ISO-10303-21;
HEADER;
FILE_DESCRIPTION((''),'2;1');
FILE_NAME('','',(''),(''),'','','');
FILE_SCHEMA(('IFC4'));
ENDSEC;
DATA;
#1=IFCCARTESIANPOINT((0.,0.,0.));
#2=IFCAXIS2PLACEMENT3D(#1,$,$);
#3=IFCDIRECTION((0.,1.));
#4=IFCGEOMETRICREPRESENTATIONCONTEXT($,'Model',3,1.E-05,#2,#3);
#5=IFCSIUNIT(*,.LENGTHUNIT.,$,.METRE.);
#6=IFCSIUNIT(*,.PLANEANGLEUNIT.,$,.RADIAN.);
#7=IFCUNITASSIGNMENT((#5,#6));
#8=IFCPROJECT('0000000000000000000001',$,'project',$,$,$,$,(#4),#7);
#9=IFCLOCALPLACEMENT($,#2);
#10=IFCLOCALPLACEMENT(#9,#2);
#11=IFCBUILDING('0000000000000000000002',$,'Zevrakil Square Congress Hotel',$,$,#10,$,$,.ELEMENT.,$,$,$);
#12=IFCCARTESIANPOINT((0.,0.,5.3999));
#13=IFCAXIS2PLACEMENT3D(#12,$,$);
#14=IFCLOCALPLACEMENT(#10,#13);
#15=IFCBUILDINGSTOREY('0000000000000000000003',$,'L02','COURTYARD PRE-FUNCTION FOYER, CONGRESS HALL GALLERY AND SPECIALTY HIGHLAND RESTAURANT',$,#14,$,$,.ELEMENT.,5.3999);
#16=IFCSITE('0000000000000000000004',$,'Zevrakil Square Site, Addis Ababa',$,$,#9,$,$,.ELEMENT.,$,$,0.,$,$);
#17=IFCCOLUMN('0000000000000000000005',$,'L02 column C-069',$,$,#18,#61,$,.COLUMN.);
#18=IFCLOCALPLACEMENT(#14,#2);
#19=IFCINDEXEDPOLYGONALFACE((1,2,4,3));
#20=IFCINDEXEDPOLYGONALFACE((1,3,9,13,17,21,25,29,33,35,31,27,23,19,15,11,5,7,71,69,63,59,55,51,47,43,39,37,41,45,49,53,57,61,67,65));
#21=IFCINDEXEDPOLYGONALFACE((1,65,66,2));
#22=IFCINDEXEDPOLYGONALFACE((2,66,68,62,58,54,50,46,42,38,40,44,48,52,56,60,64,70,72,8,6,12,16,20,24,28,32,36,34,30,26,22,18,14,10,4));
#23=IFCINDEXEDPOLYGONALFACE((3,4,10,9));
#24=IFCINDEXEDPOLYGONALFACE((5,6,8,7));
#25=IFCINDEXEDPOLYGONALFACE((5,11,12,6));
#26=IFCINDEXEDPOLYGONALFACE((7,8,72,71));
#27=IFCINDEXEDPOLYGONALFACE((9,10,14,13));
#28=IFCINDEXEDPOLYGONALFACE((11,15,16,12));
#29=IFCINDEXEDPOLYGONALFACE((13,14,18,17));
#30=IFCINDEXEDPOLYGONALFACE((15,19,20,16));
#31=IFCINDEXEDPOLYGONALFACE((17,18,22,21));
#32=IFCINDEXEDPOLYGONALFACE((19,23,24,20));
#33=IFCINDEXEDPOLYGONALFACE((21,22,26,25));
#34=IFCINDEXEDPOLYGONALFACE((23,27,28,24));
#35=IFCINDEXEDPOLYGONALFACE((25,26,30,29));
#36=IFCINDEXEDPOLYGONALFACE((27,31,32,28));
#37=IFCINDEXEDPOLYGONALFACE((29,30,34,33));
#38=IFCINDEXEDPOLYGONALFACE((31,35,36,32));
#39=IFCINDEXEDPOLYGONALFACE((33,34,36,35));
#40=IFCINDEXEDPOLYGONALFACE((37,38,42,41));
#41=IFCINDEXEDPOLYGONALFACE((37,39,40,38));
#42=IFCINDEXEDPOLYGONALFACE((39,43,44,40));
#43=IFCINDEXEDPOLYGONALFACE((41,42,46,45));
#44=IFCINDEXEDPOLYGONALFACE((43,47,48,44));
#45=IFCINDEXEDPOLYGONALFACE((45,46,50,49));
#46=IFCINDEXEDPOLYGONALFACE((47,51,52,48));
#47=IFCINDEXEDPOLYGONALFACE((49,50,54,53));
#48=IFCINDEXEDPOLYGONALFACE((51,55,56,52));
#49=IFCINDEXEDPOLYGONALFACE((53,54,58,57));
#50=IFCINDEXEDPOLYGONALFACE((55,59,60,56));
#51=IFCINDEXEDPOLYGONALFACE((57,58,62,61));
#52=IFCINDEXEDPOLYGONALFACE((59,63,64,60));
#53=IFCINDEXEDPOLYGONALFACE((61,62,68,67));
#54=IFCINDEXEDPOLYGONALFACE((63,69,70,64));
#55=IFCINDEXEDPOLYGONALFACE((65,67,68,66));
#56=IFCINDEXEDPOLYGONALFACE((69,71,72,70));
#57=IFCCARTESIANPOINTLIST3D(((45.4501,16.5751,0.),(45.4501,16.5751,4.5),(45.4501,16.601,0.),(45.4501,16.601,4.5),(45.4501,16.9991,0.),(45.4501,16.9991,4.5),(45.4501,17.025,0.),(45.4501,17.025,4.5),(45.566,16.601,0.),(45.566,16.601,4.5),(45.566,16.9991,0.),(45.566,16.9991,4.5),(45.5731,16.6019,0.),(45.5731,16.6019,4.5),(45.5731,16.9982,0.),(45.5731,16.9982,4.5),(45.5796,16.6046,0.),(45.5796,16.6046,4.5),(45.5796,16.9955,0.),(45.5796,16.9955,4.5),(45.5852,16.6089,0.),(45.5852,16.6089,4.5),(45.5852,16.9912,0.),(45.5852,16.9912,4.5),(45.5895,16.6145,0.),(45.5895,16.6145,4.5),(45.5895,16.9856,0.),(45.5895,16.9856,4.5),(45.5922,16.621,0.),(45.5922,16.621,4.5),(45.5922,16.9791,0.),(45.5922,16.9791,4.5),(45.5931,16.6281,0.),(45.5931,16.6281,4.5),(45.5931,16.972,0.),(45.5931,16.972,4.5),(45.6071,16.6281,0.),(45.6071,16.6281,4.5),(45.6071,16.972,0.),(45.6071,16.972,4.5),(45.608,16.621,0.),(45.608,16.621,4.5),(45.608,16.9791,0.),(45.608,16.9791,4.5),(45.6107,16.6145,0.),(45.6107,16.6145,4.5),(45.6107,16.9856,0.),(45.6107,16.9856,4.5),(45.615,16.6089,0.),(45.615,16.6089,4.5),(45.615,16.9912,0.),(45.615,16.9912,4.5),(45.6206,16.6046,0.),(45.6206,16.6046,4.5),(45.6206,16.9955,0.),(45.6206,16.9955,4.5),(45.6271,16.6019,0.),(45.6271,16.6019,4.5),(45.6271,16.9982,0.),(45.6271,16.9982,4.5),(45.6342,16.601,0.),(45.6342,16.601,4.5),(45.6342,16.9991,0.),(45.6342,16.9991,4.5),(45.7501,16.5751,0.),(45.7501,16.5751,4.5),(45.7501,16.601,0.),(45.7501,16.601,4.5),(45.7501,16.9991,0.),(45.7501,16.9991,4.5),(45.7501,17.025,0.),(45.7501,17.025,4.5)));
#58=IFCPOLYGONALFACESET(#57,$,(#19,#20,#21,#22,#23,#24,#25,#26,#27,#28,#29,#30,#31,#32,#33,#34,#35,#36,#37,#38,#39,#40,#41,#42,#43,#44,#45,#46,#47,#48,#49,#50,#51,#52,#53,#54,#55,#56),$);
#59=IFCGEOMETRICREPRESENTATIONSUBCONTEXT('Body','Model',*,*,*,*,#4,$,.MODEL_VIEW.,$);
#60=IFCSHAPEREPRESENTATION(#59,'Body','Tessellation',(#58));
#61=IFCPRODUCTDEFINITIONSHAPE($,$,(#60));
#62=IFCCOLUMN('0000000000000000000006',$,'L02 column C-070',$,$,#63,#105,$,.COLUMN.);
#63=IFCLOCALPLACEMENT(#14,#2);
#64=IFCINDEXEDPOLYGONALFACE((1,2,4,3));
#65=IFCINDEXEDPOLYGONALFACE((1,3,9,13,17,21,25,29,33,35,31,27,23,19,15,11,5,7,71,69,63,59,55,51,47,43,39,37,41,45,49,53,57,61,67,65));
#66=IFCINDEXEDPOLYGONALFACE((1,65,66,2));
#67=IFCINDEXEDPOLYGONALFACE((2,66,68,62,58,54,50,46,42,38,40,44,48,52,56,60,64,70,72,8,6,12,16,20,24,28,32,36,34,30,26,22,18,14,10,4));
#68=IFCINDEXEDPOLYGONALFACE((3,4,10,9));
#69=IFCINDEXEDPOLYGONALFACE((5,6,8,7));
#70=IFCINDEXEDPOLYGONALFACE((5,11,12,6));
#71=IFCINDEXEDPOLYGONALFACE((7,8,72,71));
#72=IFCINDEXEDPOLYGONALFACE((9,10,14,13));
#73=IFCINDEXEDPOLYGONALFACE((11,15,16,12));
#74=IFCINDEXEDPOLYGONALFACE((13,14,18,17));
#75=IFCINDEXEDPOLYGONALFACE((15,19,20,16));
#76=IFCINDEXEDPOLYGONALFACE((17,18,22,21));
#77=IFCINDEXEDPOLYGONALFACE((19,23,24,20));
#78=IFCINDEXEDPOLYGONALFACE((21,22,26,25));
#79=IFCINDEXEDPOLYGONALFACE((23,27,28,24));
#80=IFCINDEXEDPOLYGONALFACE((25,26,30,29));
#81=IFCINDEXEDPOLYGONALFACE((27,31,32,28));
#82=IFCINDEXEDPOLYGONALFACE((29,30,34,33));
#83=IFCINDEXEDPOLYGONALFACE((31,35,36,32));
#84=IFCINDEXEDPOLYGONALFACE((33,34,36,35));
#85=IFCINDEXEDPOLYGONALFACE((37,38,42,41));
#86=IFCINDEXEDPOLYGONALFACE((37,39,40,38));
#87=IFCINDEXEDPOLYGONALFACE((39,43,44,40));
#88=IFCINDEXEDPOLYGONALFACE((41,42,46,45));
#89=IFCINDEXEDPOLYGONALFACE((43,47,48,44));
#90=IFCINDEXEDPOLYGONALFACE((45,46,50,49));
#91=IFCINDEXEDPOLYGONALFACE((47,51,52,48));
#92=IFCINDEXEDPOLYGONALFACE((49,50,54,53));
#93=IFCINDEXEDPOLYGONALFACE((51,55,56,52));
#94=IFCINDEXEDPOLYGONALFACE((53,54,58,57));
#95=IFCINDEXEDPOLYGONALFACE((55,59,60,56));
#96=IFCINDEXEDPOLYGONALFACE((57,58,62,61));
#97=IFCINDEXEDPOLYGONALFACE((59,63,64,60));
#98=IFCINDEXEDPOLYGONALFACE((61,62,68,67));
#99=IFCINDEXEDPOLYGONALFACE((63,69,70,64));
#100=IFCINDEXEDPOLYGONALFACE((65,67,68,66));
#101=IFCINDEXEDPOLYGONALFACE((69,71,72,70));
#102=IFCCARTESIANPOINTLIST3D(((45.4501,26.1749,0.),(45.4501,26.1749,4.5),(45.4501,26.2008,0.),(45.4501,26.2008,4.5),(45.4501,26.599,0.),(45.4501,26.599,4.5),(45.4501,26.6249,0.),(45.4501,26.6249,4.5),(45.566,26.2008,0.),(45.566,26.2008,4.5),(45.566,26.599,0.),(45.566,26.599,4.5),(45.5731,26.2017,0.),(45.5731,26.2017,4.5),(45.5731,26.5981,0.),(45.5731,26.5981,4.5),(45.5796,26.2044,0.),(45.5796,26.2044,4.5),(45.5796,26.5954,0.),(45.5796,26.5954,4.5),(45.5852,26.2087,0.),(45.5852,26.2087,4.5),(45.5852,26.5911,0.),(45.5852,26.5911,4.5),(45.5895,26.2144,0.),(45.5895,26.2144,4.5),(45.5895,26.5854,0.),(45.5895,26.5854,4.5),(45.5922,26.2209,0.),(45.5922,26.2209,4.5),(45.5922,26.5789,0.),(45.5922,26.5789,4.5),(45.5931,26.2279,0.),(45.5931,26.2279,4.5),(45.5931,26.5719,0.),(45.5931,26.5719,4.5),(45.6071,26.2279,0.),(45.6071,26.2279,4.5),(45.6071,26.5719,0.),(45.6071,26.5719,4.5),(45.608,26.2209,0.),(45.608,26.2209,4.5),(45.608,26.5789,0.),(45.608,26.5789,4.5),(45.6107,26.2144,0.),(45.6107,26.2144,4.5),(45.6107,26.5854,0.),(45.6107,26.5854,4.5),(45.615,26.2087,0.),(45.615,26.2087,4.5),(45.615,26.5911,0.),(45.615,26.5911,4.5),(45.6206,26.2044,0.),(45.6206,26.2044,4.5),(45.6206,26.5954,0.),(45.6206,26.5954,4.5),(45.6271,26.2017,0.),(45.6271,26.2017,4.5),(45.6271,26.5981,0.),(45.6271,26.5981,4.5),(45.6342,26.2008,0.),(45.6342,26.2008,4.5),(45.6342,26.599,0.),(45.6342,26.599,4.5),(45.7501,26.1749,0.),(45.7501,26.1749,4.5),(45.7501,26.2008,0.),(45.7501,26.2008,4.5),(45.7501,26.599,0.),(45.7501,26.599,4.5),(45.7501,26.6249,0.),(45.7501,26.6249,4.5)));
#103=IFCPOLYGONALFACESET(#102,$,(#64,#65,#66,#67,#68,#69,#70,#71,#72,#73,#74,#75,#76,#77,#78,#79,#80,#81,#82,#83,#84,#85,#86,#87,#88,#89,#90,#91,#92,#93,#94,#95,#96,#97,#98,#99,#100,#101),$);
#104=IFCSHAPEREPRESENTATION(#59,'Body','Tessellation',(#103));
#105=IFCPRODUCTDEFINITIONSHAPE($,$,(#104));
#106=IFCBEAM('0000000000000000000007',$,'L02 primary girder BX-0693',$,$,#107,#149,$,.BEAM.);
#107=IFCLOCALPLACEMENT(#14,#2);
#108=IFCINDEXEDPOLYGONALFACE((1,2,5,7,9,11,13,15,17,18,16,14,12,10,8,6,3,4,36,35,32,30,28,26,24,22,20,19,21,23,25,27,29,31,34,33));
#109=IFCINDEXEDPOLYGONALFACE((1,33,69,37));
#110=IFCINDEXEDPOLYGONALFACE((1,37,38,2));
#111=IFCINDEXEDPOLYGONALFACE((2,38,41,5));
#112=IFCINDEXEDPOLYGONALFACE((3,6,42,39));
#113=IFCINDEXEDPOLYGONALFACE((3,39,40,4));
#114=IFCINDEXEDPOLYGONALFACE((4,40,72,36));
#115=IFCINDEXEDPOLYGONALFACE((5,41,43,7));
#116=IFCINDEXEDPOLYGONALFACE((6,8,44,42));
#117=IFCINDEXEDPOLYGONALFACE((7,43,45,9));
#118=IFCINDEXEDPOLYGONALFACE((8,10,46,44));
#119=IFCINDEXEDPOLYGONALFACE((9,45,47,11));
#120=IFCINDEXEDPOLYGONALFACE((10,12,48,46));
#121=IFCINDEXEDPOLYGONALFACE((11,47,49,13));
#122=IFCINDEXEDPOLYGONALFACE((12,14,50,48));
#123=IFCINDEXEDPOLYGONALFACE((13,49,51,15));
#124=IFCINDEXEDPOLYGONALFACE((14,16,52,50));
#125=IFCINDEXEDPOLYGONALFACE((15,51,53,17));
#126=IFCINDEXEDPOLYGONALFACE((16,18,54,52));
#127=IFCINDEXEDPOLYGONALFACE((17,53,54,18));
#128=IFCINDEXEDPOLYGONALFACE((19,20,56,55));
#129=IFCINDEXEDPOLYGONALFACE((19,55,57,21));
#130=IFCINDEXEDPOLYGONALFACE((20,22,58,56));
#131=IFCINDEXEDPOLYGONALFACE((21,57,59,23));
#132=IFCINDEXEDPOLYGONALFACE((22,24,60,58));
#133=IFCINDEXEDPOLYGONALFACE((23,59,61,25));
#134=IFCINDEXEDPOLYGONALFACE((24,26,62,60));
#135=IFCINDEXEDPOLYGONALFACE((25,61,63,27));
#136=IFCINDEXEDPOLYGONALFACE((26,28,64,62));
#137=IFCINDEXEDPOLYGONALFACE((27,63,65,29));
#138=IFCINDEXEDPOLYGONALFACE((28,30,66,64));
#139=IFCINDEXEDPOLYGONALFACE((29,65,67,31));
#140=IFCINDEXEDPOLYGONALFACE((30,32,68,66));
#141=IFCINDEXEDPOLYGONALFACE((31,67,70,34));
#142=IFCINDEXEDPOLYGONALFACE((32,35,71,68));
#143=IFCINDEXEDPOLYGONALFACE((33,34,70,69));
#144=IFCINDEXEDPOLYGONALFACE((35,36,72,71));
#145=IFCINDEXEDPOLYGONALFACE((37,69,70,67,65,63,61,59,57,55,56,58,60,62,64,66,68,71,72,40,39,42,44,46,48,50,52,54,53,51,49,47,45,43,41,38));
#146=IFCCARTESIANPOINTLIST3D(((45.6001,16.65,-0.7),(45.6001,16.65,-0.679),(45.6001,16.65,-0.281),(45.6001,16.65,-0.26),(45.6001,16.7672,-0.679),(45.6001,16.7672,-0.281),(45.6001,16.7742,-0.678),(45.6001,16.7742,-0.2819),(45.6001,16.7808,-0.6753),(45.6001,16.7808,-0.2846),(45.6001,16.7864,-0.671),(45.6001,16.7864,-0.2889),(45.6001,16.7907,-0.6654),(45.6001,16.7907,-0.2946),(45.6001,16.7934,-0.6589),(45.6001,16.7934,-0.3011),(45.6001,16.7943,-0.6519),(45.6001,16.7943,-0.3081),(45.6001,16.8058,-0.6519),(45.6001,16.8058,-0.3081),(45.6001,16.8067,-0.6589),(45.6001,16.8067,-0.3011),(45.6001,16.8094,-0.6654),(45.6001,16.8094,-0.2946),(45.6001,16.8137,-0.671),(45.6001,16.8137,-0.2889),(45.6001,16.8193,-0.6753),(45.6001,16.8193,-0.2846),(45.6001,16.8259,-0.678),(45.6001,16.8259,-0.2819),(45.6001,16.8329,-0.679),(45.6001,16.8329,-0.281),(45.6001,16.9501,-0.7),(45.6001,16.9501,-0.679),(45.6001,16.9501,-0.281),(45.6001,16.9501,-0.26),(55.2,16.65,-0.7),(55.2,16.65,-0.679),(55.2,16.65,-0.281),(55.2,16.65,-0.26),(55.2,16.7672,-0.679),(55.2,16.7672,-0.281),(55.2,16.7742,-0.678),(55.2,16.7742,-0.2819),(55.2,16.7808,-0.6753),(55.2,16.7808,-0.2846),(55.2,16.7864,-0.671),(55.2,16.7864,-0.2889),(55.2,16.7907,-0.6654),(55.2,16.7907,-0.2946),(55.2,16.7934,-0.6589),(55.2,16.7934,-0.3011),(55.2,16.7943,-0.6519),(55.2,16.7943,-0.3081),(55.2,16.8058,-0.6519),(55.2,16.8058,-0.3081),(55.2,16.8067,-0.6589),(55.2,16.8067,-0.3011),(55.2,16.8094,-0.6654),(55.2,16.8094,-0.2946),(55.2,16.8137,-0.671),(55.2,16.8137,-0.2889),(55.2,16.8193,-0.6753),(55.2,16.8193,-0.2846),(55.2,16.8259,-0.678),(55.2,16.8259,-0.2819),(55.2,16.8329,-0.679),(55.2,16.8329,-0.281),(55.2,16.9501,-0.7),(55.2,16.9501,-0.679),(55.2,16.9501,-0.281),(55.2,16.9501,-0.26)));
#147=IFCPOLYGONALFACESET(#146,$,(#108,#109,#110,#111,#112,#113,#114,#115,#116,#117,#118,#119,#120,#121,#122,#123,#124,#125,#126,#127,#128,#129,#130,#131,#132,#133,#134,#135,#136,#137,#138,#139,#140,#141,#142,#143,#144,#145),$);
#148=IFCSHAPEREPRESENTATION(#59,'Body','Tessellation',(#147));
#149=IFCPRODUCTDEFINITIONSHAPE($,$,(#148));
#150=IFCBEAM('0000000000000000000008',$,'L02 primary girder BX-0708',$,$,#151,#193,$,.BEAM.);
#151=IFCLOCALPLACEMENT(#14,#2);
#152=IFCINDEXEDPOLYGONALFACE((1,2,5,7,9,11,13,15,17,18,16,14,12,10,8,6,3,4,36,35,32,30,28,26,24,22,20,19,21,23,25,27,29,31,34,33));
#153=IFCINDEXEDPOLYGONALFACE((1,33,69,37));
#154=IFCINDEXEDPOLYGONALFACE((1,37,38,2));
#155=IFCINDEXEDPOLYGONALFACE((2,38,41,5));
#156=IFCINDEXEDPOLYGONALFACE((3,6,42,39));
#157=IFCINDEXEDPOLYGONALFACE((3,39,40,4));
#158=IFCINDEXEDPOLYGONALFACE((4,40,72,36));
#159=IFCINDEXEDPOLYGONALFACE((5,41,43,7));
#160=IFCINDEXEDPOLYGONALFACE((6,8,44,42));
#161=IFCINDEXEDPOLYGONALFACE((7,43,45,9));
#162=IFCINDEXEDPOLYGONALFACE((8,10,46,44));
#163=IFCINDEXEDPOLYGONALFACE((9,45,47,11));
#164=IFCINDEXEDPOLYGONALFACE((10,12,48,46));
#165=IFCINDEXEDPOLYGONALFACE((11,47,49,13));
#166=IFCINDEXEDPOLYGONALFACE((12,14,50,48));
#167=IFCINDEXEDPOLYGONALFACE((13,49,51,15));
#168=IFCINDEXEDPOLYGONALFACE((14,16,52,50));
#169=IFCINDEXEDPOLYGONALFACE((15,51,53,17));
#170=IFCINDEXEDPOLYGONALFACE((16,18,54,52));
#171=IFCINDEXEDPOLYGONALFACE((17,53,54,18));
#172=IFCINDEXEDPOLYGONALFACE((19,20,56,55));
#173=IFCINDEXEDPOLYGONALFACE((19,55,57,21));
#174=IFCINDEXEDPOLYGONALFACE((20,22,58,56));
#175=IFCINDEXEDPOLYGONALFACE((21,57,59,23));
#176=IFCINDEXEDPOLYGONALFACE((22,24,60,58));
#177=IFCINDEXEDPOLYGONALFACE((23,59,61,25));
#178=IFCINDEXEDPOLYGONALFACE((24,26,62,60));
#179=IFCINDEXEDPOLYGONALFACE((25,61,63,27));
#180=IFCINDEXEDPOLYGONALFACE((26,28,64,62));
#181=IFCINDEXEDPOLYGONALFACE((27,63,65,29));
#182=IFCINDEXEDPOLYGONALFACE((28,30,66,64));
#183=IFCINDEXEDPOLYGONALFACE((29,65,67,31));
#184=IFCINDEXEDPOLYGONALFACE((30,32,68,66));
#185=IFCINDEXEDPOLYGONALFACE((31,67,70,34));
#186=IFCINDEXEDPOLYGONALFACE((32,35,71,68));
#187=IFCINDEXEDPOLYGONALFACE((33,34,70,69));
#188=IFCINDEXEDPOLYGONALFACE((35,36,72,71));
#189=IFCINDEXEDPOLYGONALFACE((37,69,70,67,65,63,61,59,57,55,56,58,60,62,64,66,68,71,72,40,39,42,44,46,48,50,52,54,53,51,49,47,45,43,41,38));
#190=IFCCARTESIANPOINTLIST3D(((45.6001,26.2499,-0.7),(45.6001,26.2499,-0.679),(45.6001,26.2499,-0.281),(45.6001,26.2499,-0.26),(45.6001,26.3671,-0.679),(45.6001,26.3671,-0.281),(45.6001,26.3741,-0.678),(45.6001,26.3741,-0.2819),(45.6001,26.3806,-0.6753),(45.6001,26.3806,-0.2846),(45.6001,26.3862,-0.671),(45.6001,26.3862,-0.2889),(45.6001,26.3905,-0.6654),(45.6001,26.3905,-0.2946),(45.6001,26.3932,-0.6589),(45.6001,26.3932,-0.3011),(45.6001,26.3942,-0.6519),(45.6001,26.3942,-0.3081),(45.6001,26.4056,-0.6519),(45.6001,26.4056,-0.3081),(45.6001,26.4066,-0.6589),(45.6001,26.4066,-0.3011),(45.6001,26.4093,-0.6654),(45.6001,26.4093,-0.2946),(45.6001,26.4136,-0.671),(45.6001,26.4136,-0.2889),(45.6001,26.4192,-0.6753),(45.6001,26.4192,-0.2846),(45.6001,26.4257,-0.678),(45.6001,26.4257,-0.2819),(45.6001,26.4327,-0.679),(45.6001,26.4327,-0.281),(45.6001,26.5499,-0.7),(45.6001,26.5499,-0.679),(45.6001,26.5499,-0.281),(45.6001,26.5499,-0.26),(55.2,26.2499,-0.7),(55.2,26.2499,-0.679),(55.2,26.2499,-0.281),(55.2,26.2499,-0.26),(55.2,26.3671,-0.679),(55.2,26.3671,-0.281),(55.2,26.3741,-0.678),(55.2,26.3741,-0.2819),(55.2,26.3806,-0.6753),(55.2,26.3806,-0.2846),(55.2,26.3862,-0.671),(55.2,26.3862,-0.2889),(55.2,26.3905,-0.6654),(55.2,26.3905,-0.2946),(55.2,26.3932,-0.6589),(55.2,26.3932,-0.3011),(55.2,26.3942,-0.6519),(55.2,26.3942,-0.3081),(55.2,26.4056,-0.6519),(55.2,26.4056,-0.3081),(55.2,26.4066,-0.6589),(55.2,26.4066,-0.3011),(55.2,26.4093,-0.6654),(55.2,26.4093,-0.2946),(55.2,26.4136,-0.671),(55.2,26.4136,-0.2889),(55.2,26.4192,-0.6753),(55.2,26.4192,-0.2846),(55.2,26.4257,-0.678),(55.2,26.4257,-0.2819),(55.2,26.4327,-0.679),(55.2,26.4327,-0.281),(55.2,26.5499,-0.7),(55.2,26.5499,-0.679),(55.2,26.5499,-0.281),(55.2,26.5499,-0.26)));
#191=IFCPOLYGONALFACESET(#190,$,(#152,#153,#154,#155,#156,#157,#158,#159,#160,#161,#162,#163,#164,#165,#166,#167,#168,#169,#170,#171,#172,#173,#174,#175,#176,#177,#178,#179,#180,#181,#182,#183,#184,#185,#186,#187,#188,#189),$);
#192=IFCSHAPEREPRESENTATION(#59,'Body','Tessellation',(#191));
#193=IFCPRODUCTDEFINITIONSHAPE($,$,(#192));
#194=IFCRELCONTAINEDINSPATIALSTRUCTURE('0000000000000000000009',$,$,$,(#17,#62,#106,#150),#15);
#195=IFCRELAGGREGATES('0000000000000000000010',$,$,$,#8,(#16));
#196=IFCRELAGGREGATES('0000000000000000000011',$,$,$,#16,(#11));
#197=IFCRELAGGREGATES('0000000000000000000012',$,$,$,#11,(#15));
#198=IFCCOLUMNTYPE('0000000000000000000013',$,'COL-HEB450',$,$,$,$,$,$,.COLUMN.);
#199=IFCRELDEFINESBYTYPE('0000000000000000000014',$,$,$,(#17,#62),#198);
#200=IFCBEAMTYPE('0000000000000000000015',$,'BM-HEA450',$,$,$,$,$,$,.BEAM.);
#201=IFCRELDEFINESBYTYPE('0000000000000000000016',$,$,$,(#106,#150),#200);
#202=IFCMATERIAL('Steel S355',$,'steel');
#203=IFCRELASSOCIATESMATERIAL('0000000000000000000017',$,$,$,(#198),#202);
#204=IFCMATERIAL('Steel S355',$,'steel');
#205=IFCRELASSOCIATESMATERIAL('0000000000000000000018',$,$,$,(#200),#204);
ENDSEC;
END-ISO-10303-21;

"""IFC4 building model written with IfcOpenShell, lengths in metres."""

from ifc_helpers import new_model, si_unit, direction, frame, origin, origin_2d, place, context, subcontext, project, spatial, i_section, extrude, material, material_profile, profile_set, type_object, element, save


model = new_model("IFC4")

# Units and contexts
model_context = context("Model", 3, precision=1e-05, world=origin(), true_north=direction((0.0, 1.0)))
body_context = subcontext(model_context, "Body", "Model", "MODEL_VIEW")
ifc_project = project(units=[si_unit("LENGTHUNIT", "METRE"), si_unit("PLANEANGLEUNIT", "RADIAN")], contexts=[model_context])

# Site, building, storey
site_placement = place(None, origin())
site = spatial("IfcSite", under=ifc_project, at=site_placement, Name="Zevrakil Square Site, Addis Ababa", CompositionType="ELEMENT", RefElevation=0.0)
building_placement = place(site_placement, origin())
building = spatial("IfcBuilding", under=site, at=building_placement, Name="Zevrakil Square Congress Hotel", CompositionType="ELEMENT")
storey_placement = place(building_placement, frame((0.0, 0.0, 5.3999)))
storey = spatial("IfcBuildingStorey", under=building, at=storey_placement, Name="L02", Description="COURTYARD PRE-FUNCTION FOYER, CONGRESS HALL GALLERY AND SPECIALTY HIGHLAND RESTAURANT", CompositionType="ELEMENT", Elevation=5.3999)

# Columns
ifc_material_1 = material(Name="Steel S355", Category="steel")
ifc_material_profile_1 = material_profile(ifc_material_1, i_section(OverallWidth=0.3, OverallDepth=0.45, WebThickness=0.0139, FlangeThickness=0.0259, FilletRadius=0.0271, at=origin_2d()), Name="HEB 450")
ifc_profile_set_1 = profile_set([ifc_material_profile_1], Name="Steel S355")
column_type = type_object("IfcColumnType", Name="COL-HEB450", PredefinedType="COLUMN", material=ifc_profile_set_1)
for number, where, z_axis, x_axis, name in (
    (1, (45.6001, 16.8, 0.0), (0.0, 0.0, 1.0), (1.0, 0.0, 0.0), "L02 column C-069"),
    (2, (45.6001, 26.3999, 0.0), (0.0, 0.0, 1.0), (1.0, 0.0, 0.0), "L02 column C-070"),
):
    element("IfcColumn", number, at=place(storey_placement, frame(where, z_axis=z_axis, x_axis=x_axis)), inside=storey, type_object=column_type, Name=name, PredefinedType="COLUMN", context=body_context, shape_type="SweptSolid", body=[
        extrude(i_section(OverallWidth=0.3, OverallDepth=0.45, WebThickness=0.0139, FlangeThickness=0.0259, FilletRadius=0.0271, at=origin_2d()), origin(), (0.0, 0.0, 1.0), 4.5),
    ])

# Beams
ifc_material_2 = material(Name="Steel S355", Category="steel")
ifc_material_profile_2 = material_profile(ifc_material_2, i_section(OverallWidth=0.3, OverallDepth=0.4399, WebThickness=0.0115, FlangeThickness=0.021, FilletRadius=0.0271, at=origin_2d()), Name="HEA 450")
ifc_profile_set_2 = profile_set([ifc_material_profile_2], Name="Steel S355")
beam_type_1 = type_object("IfcBeamType", Name="BM-HEA450", PredefinedType="BEAM", material=ifc_profile_set_2)
for number, where, z_axis, x_axis, name in (
    (3, (45.6001, 16.8, -0.48), (1.0, 0.0, 0.0), (0.0, 1.0, 0.0), "L02 primary girder BX-0693"),
    (4, (45.6001, 26.3999, -0.48), (1.0, 0.0, 0.0), (0.0, 1.0, 0.0), "L02 primary girder BX-0708"),
):
    element("IfcBeam", number, at=place(storey_placement, frame(where, z_axis=z_axis, x_axis=x_axis)), inside=storey, type_object=beam_type_1, Name=name, PredefinedType="BEAM", context=body_context, shape_type="SweptSolid", body=[
        extrude(i_section(OverallWidth=0.3, OverallDepth=0.4399, WebThickness=0.0115, FlangeThickness=0.021, FilletRadius=0.0271, at=origin_2d()), origin(), (0.0, 0.0, 1.0), 9.5999),
    ])

save(model, "model.ifc")
